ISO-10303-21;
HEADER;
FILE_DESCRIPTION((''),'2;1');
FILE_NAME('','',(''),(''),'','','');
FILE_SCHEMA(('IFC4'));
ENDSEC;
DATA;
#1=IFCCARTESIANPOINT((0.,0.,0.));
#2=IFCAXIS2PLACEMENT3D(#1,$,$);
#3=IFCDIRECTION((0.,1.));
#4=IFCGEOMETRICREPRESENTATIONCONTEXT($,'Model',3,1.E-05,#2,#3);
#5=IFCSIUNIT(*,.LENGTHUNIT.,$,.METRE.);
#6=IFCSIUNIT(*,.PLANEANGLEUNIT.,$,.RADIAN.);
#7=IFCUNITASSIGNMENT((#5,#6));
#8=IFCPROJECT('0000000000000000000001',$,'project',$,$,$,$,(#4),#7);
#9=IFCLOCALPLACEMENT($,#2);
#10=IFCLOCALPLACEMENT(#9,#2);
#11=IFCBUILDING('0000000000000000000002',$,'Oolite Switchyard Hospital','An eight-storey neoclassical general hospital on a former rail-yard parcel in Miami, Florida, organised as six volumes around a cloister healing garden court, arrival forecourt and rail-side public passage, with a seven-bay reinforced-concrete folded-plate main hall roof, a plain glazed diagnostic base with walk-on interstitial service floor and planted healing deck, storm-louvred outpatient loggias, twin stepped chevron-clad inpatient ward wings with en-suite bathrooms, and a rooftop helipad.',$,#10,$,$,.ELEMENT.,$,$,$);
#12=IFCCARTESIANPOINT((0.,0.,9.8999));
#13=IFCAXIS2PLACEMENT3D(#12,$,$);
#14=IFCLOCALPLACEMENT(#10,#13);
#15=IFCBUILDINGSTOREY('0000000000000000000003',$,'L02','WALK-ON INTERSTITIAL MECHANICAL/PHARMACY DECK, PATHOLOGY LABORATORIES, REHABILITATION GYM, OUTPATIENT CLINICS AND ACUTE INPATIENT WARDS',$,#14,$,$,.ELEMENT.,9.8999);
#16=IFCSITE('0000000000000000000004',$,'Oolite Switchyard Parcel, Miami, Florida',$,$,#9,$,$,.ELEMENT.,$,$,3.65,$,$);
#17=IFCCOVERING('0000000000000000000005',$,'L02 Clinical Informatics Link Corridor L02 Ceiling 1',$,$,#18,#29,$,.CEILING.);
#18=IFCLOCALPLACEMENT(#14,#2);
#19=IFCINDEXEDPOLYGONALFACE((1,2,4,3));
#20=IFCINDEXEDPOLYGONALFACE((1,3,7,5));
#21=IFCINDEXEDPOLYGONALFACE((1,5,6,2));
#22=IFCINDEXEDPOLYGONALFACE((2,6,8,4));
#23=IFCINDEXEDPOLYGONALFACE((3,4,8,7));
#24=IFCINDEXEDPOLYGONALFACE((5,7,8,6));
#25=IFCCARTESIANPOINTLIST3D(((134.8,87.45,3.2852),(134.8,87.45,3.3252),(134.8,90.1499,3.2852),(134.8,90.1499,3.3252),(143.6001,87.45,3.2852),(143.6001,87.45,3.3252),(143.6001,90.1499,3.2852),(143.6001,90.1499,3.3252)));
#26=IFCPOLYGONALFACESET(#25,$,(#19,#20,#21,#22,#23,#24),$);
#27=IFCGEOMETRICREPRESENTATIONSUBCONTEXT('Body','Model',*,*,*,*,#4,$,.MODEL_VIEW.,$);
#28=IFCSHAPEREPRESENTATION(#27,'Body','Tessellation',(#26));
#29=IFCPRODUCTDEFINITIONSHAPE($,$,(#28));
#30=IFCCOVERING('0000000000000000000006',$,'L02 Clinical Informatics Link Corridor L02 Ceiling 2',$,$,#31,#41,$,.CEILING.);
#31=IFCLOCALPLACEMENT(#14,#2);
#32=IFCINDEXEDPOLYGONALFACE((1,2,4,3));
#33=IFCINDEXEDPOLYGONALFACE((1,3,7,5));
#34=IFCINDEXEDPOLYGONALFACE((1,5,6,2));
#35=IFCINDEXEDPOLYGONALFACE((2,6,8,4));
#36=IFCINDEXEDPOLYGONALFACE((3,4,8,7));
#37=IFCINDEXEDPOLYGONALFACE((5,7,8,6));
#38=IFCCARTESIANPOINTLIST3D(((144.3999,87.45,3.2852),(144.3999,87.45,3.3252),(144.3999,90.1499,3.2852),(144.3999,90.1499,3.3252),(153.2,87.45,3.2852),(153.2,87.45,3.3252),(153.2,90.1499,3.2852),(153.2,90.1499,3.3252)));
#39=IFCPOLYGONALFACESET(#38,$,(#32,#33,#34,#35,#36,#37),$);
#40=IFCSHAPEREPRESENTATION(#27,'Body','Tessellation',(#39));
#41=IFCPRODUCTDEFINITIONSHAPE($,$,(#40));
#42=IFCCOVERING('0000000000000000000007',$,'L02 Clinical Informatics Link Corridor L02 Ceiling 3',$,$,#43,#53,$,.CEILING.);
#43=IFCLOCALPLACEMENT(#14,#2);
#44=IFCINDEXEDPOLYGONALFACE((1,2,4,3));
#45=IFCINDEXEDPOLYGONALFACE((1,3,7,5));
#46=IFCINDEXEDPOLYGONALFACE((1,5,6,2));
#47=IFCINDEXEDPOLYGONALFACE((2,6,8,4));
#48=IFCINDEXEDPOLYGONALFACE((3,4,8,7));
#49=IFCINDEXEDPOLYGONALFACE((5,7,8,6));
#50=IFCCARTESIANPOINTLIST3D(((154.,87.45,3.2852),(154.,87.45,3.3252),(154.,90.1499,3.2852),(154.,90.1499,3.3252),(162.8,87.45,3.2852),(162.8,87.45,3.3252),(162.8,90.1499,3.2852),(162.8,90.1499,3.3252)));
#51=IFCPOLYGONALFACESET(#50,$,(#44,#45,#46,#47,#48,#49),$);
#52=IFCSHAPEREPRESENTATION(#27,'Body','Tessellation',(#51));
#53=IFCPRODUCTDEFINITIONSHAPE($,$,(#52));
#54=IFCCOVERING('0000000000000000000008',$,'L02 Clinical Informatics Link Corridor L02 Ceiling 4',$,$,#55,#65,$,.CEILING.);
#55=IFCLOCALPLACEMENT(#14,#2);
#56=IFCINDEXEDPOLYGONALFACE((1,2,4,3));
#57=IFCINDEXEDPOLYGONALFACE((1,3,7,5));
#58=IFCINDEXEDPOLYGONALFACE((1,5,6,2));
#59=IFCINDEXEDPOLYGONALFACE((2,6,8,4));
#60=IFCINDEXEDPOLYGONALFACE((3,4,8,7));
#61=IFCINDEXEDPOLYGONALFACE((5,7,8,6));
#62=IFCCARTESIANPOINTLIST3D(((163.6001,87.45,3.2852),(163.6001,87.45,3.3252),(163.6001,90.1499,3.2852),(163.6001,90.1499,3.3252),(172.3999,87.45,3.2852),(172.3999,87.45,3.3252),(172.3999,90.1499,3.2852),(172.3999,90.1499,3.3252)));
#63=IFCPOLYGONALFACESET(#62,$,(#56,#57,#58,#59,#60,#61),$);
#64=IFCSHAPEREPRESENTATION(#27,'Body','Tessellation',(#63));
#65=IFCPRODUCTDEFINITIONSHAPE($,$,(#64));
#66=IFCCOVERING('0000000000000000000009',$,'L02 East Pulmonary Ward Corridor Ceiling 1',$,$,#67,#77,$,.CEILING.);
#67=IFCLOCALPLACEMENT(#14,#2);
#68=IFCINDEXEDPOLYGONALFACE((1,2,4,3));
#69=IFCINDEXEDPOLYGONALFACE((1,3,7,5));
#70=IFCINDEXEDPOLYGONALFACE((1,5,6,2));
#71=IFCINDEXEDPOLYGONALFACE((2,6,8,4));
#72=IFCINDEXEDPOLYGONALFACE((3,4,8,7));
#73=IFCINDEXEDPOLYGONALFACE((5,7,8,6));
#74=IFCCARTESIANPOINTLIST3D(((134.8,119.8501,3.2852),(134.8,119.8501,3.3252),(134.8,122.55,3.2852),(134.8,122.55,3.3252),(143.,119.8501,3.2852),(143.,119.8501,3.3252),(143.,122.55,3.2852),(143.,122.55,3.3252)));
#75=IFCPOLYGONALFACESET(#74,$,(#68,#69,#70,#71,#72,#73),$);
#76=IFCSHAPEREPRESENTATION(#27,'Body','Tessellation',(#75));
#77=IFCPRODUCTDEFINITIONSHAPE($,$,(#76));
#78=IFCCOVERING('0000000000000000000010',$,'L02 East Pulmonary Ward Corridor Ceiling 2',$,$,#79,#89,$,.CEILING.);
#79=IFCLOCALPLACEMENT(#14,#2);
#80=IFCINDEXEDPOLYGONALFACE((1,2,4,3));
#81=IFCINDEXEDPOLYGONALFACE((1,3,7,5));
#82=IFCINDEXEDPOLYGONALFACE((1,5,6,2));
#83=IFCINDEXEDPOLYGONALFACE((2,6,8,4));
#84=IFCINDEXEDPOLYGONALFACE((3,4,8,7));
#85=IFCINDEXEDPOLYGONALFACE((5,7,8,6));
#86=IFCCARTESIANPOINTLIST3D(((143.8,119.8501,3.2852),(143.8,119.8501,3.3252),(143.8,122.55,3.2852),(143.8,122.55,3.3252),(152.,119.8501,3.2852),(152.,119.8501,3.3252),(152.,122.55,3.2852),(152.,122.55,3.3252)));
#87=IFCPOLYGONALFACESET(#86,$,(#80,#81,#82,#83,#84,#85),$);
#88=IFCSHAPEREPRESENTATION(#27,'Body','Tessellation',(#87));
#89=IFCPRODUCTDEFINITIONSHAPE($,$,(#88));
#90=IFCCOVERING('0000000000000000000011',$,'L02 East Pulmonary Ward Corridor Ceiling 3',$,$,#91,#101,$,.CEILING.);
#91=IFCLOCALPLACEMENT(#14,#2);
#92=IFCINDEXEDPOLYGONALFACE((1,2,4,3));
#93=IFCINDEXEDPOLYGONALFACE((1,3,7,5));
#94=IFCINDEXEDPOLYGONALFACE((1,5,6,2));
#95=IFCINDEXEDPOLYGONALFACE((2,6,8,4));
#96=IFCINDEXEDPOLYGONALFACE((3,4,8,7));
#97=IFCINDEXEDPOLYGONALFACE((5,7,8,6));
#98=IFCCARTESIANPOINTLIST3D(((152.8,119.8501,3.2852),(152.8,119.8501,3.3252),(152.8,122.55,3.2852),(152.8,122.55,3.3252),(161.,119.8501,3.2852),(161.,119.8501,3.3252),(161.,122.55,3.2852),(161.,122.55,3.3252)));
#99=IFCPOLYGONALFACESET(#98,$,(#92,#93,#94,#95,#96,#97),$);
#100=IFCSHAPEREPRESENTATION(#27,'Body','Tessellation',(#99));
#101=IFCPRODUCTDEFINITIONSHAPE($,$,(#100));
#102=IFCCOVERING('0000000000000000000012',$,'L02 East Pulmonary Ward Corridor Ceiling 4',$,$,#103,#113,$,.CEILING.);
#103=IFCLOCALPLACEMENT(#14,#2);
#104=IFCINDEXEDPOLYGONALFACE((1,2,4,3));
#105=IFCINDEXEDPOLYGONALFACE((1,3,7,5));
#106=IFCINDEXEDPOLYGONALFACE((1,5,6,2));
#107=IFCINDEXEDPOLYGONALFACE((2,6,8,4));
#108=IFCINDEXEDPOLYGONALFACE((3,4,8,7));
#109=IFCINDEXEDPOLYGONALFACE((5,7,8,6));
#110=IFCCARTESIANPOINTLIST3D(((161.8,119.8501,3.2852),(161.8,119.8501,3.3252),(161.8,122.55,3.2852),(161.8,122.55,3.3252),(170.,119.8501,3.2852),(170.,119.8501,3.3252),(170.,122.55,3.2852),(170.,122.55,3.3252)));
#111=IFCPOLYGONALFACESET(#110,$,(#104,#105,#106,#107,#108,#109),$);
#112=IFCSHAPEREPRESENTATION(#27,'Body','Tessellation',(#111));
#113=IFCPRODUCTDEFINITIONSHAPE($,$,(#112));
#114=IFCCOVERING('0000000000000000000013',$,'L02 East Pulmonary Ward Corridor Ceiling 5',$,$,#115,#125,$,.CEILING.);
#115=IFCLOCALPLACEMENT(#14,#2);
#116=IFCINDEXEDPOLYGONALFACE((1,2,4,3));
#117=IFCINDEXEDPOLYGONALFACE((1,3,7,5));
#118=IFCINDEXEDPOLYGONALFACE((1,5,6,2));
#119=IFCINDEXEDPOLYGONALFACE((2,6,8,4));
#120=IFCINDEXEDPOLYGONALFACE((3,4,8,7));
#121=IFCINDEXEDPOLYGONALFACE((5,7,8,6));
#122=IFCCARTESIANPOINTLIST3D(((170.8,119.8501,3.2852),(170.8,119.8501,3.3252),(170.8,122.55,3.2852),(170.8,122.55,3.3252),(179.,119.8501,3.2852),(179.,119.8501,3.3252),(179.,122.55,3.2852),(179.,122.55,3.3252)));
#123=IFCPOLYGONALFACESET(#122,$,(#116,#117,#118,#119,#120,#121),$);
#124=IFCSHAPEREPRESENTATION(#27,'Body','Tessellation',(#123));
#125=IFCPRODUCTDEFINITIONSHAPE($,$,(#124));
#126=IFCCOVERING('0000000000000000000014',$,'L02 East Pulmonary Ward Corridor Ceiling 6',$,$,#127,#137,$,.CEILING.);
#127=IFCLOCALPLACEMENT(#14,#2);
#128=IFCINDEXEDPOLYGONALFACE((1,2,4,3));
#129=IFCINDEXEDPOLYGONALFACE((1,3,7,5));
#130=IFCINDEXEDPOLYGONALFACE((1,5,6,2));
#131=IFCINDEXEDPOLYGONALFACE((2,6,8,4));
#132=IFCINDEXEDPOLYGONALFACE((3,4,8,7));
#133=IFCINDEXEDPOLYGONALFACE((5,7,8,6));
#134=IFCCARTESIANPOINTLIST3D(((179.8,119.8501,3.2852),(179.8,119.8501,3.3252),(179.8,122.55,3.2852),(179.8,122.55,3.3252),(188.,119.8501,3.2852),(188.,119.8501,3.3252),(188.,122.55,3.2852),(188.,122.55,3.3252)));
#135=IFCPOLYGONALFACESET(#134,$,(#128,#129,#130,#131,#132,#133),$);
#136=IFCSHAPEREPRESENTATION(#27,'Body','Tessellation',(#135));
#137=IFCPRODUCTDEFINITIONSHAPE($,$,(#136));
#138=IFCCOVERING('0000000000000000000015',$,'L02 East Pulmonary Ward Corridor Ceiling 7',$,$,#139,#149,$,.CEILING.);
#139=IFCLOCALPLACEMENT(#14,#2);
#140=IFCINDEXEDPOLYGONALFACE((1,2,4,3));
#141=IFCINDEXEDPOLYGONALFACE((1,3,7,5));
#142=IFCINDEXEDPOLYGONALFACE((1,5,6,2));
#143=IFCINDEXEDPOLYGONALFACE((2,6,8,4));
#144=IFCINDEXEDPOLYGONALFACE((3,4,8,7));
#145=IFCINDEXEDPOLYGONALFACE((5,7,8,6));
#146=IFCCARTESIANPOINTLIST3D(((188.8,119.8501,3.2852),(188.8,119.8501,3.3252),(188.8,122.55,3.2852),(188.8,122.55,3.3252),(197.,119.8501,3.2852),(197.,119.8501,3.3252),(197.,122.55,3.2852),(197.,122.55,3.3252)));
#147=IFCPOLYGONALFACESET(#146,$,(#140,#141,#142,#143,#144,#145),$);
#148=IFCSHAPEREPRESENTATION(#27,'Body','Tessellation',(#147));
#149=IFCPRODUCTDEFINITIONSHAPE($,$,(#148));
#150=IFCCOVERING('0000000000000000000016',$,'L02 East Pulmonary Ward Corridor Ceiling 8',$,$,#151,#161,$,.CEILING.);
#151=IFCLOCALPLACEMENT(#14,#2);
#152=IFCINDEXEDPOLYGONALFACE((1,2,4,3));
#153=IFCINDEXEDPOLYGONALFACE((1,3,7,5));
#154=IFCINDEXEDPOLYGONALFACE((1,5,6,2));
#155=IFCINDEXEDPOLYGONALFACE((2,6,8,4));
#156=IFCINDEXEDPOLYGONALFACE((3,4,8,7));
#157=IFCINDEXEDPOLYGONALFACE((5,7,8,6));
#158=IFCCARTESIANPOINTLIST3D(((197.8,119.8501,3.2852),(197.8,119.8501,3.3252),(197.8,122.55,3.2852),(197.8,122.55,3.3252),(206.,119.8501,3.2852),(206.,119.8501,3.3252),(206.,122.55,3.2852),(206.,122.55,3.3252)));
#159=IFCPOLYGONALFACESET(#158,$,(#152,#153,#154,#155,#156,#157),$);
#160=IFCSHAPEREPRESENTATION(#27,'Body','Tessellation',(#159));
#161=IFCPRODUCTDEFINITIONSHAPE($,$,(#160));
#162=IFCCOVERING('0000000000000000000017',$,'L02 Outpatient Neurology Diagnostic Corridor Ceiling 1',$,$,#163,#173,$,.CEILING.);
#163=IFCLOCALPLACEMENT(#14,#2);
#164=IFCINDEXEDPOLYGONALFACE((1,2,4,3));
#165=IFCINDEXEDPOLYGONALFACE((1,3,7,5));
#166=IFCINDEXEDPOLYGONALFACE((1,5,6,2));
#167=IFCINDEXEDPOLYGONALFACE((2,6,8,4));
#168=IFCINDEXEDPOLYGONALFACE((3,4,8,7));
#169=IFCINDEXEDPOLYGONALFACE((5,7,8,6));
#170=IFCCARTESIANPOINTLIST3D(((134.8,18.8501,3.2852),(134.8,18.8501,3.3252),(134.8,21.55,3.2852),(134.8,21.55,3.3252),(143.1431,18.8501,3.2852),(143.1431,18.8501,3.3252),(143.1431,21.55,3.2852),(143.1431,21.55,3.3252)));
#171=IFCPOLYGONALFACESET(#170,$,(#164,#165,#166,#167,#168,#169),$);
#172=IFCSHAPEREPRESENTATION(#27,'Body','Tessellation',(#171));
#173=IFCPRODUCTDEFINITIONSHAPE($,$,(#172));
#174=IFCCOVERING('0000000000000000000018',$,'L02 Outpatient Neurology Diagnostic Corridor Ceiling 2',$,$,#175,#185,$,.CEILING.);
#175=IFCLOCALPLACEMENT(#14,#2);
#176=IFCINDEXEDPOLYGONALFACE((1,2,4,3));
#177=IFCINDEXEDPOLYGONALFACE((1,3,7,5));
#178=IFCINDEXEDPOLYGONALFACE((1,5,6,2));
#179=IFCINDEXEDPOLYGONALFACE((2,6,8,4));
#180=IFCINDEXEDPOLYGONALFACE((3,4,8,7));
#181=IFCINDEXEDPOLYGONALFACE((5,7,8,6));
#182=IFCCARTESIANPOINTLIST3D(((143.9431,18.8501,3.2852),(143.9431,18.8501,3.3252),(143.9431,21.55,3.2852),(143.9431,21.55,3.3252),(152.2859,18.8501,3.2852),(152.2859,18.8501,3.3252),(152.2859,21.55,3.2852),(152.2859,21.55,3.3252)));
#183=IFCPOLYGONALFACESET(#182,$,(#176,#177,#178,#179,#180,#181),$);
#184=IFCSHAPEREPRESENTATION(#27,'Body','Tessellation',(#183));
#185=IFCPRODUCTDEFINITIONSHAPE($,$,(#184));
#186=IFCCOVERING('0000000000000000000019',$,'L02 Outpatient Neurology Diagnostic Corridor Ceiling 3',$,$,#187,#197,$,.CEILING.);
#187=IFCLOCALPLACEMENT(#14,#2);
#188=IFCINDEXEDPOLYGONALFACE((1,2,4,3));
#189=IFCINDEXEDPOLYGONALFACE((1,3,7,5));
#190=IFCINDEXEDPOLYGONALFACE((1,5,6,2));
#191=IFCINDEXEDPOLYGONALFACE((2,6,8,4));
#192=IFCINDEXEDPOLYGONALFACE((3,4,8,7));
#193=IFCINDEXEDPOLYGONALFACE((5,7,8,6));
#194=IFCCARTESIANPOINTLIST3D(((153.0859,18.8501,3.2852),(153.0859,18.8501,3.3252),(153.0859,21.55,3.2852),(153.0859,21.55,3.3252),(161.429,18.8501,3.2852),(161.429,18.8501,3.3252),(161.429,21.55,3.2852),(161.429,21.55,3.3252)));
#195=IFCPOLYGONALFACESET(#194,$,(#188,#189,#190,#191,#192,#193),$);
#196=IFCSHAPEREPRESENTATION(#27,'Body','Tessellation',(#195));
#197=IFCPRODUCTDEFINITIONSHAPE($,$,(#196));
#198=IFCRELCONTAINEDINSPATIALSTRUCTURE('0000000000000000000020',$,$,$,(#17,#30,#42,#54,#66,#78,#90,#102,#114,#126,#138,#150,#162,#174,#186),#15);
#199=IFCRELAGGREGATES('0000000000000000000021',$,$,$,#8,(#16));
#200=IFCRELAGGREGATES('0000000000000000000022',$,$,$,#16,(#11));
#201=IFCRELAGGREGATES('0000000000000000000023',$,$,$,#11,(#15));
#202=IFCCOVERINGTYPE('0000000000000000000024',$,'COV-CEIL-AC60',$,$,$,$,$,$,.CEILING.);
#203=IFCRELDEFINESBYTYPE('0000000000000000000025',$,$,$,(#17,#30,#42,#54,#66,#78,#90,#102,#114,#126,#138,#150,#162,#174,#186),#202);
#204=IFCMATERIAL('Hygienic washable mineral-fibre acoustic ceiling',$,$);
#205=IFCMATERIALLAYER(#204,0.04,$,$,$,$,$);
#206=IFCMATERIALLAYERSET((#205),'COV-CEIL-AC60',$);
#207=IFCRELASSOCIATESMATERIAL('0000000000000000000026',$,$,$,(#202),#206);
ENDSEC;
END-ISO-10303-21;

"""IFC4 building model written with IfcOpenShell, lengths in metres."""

from ifc_helpers import new_model, si_unit, direction, frame, origin, place, context, subcontext, project, spatial, polyline, outline, extrude, material, layer, layer_set, type_object, element, save


model = new_model("IFC4")

# Units and contexts
model_context = context("Model", 3, precision=1e-05, world=origin(), true_north=direction((0.0, 1.0)))
body_context = subcontext(model_context, "Body", "Model", "MODEL_VIEW")
ifc_project = project(units=[si_unit("LENGTHUNIT", "METRE"), si_unit("PLANEANGLEUNIT", "RADIAN")], contexts=[model_context])

# Site, building, storey
site_placement = place(None, origin())
site = spatial("IfcSite", under=ifc_project, at=site_placement, Name="Oolite Switchyard Parcel, Miami, Florida", CompositionType="ELEMENT", RefElevation=3.65)
building_placement = place(site_placement, origin())
building = spatial("IfcBuilding", under=site, at=building_placement, Name="Oolite Switchyard Hospital", Description="An eight-storey neoclassical general hospital on a former rail-yard parcel in Miami, Florida, organised as six volumes around a cloister healing garden court, arrival forecourt and rail-side public passage, with a seven-bay reinforced-concrete folded-plate main hall roof, a plain glazed diagnostic base with walk-on interstitial service floor and planted healing deck, storm-louvred outpatient loggias, twin stepped chevron-clad inpatient ward wings with en-suite bathrooms, and a rooftop helipad.", CompositionType="ELEMENT")
storey_placement = place(building_placement, frame((0.0, 0.0, 9.8999)))
storey = spatial("IfcBuildingStorey", under=building, at=storey_placement, Name="L02", Description="WALK-ON INTERSTITIAL MECHANICAL/PHARMACY DECK, PATHOLOGY LABORATORIES, REHABILITATION GYM, OUTPATIENT CLINICS AND ACUTE INPATIENT WARDS", CompositionType="ELEMENT", Elevation=9.8999)

# Coverings
ifc_material = material(Name="Hygienic washable mineral-fibre acoustic ceiling")
ifc_layer = layer(ifc_material, 0.04)
ifc_layer_set = layer_set([ifc_layer], Name="COV-CEIL-AC60")
covering_type = type_object("IfcCoveringType", Name="COV-CEIL-AC60", PredefinedType="CEILING", material=ifc_layer_set)
covering_1_placement = place(storey_placement, frame((0.0, 0.0, 3.2852)))
element("IfcCovering", 1, at=covering_1_placement, inside=storey, type_object=covering_type, Name="L02 Clinical Informatics Link Corridor L02 Ceiling 1", PredefinedType="CEILING", context=body_context, shape_type="SweptSolid", body=[
    extrude(outline(polyline([(134.8, 87.45), (143.6001, 87.45), (143.6001, 90.1499), (134.8, 90.1499), (134.8, 87.45)])), origin(), (0.0, 0.0, 1.0), 0.04),
])
covering_2_placement = place(storey_placement, frame((0.0, 0.0, 3.2852)))
element("IfcCovering", 2, at=covering_2_placement, inside=storey, type_object=covering_type, Name="L02 Clinical Informatics Link Corridor L02 Ceiling 2", PredefinedType="CEILING", context=body_context, shape_type="SweptSolid", body=[
    extrude(outline(polyline([(144.3999, 87.45), (153.2, 87.45), (153.2, 90.1499), (144.3999, 90.1499), (144.3999, 87.45)])), origin(), (0.0, 0.0, 1.0), 0.04),
])
covering_3_placement = place(storey_placement, frame((0.0, 0.0, 3.2852)))
element("IfcCovering", 3, at=covering_3_placement, inside=storey, type_object=covering_type, Name="L02 Clinical Informatics Link Corridor L02 Ceiling 3", PredefinedType="CEILING", context=body_context, shape_type="SweptSolid", body=[
    extrude(outline(polyline([(154.0, 87.45), (162.8, 87.45), (162.8, 90.1499), (154.0, 90.1499), (154.0, 87.45)])), origin(), (0.0, 0.0, 1.0), 0.04),
])
covering_4_placement = place(storey_placement, frame((0.0, 0.0, 3.2852)))
element("IfcCovering", 4, at=covering_4_placement, inside=storey, type_object=covering_type, Name="L02 Clinical Informatics Link Corridor L02 Ceiling 4", PredefinedType="CEILING", context=body_context, shape_type="SweptSolid", body=[
    extrude(outline(polyline([(163.6001, 87.45), (172.3999, 87.45), (172.3999, 90.1499), (163.6001, 90.1499), (163.6001, 87.45)])), origin(), (0.0, 0.0, 1.0), 0.04),
])
covering_5_placement = place(storey_placement, frame((0.0, 0.0, 3.2852)))
element("IfcCovering", 5, at=covering_5_placement, inside=storey, type_object=covering_type, Name="L02 East Pulmonary Ward Corridor Ceiling 1", PredefinedType="CEILING", context=body_context, shape_type="SweptSolid", body=[
    extrude(outline(polyline([(134.8, 119.8501), (143.0, 119.8501), (143.0, 122.55), (134.8, 122.55), (134.8, 119.8501)])), origin(), (0.0, 0.0, 1.0), 0.04),
])
covering_6_placement = place(storey_placement, frame((0.0, 0.0, 3.2852)))
element("IfcCovering", 6, at=covering_6_placement, inside=storey, type_object=covering_type, Name="L02 East Pulmonary Ward Corridor Ceiling 2", PredefinedType="CEILING", context=body_context, shape_type="SweptSolid", body=[
    extrude(outline(polyline([(143.8, 119.8501), (152.0, 119.8501), (152.0, 122.55), (143.8, 122.55), (143.8, 119.8501)])), origin(), (0.0, 0.0, 1.0), 0.04),
])
covering_7_placement = place(storey_placement, frame((0.0, 0.0, 3.2852)))
element("IfcCovering", 7, at=covering_7_placement, inside=storey, type_object=covering_type, Name="L02 East Pulmonary Ward Corridor Ceiling 3", PredefinedType="CEILING", context=body_context, shape_type="SweptSolid", body=[
    extrude(outline(polyline([(152.8, 119.8501), (161.0, 119.8501), (161.0, 122.55), (152.8, 122.55), (152.8, 119.8501)])), origin(), (0.0, 0.0, 1.0), 0.04),
])
covering_8_placement = place(storey_placement, frame((0.0, 0.0, 3.2852)))
element("IfcCovering", 8, at=covering_8_placement, inside=storey, type_object=covering_type, Name="L02 East Pulmonary Ward Corridor Ceiling 4", PredefinedType="CEILING", context=body_context, shape_type="SweptSolid", body=[
    extrude(outline(polyline([(161.8, 119.8501), (170.0, 119.8501), (170.0, 122.55), (161.8, 122.55), (161.8, 119.8501)])), origin(), (0.0, 0.0, 1.0), 0.04),
])
covering_9_placement = place(storey_placement, frame((0.0, 0.0, 3.2852)))
element("IfcCovering", 9, at=covering_9_placement, inside=storey, type_object=covering_type, Name="L02 East Pulmonary Ward Corridor Ceiling 5", PredefinedType="CEILING", context=body_context, shape_type="SweptSolid", body=[
    extrude(outline(polyline([(170.8, 119.8501), (179.0, 119.8501), (179.0, 122.55), (170.8, 122.55), (170.8, 119.8501)])), origin(), (0.0, 0.0, 1.0), 0.04),
])
covering_10_placement = place(storey_placement, frame((0.0, 0.0, 3.2852)))
element("IfcCovering", 10, at=covering_10_placement, inside=storey, type_object=covering_type, Name="L02 East Pulmonary Ward Corridor Ceiling 6", PredefinedType="CEILING", context=body_context, shape_type="SweptSolid", body=[
    extrude(outline(polyline([(179.8, 119.8501), (188.0, 119.8501), (188.0, 122.55), (179.8, 122.55), (179.8, 119.8501)])), origin(), (0.0, 0.0, 1.0), 0.04),
])
covering_11_placement = place(storey_placement, frame((0.0, 0.0, 3.2852)))
element("IfcCovering", 11, at=covering_11_placement, inside=storey, type_object=covering_type, Name="L02 East Pulmonary Ward Corridor Ceiling 7", PredefinedType="CEILING", context=body_context, shape_type="SweptSolid", body=[
    extrude(outline(polyline([(188.8, 119.8501), (197.0, 119.8501), (197.0, 122.55), (188.8, 122.55), (188.8, 119.8501)])), origin(), (0.0, 0.0, 1.0), 0.04),
])
covering_12_placement = place(storey_placement, frame((0.0, 0.0, 3.2852)))
element("IfcCovering", 12, at=covering_12_placement, inside=storey, type_object=covering_type, Name="L02 East Pulmonary Ward Corridor Ceiling 8", PredefinedType="CEILING", context=body_context, shape_type="SweptSolid", body=[
    extrude(outline(polyline([(197.8, 119.8501), (206.0, 119.8501), (206.0, 122.55), (197.8, 122.55), (197.8, 119.8501)])), origin(), (0.0, 0.0, 1.0), 0.04),
])
covering_13_placement = place(storey_placement, frame((0.0, 0.0, 3.2852)))
element("IfcCovering", 13, at=covering_13_placement, inside=storey, type_object=covering_type, Name="L02 Outpatient Neurology Diagnostic Corridor Ceiling 1", PredefinedType="CEILING", context=body_context, shape_type="SweptSolid", body=[
    extrude(outline(polyline([(134.8, 18.8501), (143.1431, 18.8501), (143.1431, 21.55), (134.8, 21.55), (134.8, 18.8501)])), origin(), (0.0, 0.0, 1.0), 0.04),
])
covering_14_placement = place(storey_placement, frame((0.0, 0.0, 3.2852)))
element("IfcCovering", 14, at=covering_14_placement, inside=storey, type_object=covering_type, Name="L02 Outpatient Neurology Diagnostic Corridor Ceiling 2", PredefinedType="CEILING", context=body_context, shape_type="SweptSolid", body=[
    extrude(outline(polyline([(143.9431, 18.8501), (152.2859, 18.8501), (152.2859, 21.55), (143.9431, 21.55), (143.9431, 18.8501)])), origin(), (0.0, 0.0, 1.0), 0.04),
])
covering_15_placement = place(storey_placement, frame((0.0, 0.0, 3.2852)))
element("IfcCovering", 15, at=covering_15_placement, inside=storey, type_object=covering_type, Name="L02 Outpatient Neurology Diagnostic Corridor Ceiling 3", PredefinedType="CEILING", context=body_context, shape_type="SweptSolid", body=[
    extrude(outline(polyline([(153.0859, 18.8501), (161.429, 18.8501), (161.429, 21.55), (153.0859, 21.55), (153.0859, 18.8501)])), origin(), (0.0, 0.0, 1.0), 0.04),
])

save(model, "model.ifc")
